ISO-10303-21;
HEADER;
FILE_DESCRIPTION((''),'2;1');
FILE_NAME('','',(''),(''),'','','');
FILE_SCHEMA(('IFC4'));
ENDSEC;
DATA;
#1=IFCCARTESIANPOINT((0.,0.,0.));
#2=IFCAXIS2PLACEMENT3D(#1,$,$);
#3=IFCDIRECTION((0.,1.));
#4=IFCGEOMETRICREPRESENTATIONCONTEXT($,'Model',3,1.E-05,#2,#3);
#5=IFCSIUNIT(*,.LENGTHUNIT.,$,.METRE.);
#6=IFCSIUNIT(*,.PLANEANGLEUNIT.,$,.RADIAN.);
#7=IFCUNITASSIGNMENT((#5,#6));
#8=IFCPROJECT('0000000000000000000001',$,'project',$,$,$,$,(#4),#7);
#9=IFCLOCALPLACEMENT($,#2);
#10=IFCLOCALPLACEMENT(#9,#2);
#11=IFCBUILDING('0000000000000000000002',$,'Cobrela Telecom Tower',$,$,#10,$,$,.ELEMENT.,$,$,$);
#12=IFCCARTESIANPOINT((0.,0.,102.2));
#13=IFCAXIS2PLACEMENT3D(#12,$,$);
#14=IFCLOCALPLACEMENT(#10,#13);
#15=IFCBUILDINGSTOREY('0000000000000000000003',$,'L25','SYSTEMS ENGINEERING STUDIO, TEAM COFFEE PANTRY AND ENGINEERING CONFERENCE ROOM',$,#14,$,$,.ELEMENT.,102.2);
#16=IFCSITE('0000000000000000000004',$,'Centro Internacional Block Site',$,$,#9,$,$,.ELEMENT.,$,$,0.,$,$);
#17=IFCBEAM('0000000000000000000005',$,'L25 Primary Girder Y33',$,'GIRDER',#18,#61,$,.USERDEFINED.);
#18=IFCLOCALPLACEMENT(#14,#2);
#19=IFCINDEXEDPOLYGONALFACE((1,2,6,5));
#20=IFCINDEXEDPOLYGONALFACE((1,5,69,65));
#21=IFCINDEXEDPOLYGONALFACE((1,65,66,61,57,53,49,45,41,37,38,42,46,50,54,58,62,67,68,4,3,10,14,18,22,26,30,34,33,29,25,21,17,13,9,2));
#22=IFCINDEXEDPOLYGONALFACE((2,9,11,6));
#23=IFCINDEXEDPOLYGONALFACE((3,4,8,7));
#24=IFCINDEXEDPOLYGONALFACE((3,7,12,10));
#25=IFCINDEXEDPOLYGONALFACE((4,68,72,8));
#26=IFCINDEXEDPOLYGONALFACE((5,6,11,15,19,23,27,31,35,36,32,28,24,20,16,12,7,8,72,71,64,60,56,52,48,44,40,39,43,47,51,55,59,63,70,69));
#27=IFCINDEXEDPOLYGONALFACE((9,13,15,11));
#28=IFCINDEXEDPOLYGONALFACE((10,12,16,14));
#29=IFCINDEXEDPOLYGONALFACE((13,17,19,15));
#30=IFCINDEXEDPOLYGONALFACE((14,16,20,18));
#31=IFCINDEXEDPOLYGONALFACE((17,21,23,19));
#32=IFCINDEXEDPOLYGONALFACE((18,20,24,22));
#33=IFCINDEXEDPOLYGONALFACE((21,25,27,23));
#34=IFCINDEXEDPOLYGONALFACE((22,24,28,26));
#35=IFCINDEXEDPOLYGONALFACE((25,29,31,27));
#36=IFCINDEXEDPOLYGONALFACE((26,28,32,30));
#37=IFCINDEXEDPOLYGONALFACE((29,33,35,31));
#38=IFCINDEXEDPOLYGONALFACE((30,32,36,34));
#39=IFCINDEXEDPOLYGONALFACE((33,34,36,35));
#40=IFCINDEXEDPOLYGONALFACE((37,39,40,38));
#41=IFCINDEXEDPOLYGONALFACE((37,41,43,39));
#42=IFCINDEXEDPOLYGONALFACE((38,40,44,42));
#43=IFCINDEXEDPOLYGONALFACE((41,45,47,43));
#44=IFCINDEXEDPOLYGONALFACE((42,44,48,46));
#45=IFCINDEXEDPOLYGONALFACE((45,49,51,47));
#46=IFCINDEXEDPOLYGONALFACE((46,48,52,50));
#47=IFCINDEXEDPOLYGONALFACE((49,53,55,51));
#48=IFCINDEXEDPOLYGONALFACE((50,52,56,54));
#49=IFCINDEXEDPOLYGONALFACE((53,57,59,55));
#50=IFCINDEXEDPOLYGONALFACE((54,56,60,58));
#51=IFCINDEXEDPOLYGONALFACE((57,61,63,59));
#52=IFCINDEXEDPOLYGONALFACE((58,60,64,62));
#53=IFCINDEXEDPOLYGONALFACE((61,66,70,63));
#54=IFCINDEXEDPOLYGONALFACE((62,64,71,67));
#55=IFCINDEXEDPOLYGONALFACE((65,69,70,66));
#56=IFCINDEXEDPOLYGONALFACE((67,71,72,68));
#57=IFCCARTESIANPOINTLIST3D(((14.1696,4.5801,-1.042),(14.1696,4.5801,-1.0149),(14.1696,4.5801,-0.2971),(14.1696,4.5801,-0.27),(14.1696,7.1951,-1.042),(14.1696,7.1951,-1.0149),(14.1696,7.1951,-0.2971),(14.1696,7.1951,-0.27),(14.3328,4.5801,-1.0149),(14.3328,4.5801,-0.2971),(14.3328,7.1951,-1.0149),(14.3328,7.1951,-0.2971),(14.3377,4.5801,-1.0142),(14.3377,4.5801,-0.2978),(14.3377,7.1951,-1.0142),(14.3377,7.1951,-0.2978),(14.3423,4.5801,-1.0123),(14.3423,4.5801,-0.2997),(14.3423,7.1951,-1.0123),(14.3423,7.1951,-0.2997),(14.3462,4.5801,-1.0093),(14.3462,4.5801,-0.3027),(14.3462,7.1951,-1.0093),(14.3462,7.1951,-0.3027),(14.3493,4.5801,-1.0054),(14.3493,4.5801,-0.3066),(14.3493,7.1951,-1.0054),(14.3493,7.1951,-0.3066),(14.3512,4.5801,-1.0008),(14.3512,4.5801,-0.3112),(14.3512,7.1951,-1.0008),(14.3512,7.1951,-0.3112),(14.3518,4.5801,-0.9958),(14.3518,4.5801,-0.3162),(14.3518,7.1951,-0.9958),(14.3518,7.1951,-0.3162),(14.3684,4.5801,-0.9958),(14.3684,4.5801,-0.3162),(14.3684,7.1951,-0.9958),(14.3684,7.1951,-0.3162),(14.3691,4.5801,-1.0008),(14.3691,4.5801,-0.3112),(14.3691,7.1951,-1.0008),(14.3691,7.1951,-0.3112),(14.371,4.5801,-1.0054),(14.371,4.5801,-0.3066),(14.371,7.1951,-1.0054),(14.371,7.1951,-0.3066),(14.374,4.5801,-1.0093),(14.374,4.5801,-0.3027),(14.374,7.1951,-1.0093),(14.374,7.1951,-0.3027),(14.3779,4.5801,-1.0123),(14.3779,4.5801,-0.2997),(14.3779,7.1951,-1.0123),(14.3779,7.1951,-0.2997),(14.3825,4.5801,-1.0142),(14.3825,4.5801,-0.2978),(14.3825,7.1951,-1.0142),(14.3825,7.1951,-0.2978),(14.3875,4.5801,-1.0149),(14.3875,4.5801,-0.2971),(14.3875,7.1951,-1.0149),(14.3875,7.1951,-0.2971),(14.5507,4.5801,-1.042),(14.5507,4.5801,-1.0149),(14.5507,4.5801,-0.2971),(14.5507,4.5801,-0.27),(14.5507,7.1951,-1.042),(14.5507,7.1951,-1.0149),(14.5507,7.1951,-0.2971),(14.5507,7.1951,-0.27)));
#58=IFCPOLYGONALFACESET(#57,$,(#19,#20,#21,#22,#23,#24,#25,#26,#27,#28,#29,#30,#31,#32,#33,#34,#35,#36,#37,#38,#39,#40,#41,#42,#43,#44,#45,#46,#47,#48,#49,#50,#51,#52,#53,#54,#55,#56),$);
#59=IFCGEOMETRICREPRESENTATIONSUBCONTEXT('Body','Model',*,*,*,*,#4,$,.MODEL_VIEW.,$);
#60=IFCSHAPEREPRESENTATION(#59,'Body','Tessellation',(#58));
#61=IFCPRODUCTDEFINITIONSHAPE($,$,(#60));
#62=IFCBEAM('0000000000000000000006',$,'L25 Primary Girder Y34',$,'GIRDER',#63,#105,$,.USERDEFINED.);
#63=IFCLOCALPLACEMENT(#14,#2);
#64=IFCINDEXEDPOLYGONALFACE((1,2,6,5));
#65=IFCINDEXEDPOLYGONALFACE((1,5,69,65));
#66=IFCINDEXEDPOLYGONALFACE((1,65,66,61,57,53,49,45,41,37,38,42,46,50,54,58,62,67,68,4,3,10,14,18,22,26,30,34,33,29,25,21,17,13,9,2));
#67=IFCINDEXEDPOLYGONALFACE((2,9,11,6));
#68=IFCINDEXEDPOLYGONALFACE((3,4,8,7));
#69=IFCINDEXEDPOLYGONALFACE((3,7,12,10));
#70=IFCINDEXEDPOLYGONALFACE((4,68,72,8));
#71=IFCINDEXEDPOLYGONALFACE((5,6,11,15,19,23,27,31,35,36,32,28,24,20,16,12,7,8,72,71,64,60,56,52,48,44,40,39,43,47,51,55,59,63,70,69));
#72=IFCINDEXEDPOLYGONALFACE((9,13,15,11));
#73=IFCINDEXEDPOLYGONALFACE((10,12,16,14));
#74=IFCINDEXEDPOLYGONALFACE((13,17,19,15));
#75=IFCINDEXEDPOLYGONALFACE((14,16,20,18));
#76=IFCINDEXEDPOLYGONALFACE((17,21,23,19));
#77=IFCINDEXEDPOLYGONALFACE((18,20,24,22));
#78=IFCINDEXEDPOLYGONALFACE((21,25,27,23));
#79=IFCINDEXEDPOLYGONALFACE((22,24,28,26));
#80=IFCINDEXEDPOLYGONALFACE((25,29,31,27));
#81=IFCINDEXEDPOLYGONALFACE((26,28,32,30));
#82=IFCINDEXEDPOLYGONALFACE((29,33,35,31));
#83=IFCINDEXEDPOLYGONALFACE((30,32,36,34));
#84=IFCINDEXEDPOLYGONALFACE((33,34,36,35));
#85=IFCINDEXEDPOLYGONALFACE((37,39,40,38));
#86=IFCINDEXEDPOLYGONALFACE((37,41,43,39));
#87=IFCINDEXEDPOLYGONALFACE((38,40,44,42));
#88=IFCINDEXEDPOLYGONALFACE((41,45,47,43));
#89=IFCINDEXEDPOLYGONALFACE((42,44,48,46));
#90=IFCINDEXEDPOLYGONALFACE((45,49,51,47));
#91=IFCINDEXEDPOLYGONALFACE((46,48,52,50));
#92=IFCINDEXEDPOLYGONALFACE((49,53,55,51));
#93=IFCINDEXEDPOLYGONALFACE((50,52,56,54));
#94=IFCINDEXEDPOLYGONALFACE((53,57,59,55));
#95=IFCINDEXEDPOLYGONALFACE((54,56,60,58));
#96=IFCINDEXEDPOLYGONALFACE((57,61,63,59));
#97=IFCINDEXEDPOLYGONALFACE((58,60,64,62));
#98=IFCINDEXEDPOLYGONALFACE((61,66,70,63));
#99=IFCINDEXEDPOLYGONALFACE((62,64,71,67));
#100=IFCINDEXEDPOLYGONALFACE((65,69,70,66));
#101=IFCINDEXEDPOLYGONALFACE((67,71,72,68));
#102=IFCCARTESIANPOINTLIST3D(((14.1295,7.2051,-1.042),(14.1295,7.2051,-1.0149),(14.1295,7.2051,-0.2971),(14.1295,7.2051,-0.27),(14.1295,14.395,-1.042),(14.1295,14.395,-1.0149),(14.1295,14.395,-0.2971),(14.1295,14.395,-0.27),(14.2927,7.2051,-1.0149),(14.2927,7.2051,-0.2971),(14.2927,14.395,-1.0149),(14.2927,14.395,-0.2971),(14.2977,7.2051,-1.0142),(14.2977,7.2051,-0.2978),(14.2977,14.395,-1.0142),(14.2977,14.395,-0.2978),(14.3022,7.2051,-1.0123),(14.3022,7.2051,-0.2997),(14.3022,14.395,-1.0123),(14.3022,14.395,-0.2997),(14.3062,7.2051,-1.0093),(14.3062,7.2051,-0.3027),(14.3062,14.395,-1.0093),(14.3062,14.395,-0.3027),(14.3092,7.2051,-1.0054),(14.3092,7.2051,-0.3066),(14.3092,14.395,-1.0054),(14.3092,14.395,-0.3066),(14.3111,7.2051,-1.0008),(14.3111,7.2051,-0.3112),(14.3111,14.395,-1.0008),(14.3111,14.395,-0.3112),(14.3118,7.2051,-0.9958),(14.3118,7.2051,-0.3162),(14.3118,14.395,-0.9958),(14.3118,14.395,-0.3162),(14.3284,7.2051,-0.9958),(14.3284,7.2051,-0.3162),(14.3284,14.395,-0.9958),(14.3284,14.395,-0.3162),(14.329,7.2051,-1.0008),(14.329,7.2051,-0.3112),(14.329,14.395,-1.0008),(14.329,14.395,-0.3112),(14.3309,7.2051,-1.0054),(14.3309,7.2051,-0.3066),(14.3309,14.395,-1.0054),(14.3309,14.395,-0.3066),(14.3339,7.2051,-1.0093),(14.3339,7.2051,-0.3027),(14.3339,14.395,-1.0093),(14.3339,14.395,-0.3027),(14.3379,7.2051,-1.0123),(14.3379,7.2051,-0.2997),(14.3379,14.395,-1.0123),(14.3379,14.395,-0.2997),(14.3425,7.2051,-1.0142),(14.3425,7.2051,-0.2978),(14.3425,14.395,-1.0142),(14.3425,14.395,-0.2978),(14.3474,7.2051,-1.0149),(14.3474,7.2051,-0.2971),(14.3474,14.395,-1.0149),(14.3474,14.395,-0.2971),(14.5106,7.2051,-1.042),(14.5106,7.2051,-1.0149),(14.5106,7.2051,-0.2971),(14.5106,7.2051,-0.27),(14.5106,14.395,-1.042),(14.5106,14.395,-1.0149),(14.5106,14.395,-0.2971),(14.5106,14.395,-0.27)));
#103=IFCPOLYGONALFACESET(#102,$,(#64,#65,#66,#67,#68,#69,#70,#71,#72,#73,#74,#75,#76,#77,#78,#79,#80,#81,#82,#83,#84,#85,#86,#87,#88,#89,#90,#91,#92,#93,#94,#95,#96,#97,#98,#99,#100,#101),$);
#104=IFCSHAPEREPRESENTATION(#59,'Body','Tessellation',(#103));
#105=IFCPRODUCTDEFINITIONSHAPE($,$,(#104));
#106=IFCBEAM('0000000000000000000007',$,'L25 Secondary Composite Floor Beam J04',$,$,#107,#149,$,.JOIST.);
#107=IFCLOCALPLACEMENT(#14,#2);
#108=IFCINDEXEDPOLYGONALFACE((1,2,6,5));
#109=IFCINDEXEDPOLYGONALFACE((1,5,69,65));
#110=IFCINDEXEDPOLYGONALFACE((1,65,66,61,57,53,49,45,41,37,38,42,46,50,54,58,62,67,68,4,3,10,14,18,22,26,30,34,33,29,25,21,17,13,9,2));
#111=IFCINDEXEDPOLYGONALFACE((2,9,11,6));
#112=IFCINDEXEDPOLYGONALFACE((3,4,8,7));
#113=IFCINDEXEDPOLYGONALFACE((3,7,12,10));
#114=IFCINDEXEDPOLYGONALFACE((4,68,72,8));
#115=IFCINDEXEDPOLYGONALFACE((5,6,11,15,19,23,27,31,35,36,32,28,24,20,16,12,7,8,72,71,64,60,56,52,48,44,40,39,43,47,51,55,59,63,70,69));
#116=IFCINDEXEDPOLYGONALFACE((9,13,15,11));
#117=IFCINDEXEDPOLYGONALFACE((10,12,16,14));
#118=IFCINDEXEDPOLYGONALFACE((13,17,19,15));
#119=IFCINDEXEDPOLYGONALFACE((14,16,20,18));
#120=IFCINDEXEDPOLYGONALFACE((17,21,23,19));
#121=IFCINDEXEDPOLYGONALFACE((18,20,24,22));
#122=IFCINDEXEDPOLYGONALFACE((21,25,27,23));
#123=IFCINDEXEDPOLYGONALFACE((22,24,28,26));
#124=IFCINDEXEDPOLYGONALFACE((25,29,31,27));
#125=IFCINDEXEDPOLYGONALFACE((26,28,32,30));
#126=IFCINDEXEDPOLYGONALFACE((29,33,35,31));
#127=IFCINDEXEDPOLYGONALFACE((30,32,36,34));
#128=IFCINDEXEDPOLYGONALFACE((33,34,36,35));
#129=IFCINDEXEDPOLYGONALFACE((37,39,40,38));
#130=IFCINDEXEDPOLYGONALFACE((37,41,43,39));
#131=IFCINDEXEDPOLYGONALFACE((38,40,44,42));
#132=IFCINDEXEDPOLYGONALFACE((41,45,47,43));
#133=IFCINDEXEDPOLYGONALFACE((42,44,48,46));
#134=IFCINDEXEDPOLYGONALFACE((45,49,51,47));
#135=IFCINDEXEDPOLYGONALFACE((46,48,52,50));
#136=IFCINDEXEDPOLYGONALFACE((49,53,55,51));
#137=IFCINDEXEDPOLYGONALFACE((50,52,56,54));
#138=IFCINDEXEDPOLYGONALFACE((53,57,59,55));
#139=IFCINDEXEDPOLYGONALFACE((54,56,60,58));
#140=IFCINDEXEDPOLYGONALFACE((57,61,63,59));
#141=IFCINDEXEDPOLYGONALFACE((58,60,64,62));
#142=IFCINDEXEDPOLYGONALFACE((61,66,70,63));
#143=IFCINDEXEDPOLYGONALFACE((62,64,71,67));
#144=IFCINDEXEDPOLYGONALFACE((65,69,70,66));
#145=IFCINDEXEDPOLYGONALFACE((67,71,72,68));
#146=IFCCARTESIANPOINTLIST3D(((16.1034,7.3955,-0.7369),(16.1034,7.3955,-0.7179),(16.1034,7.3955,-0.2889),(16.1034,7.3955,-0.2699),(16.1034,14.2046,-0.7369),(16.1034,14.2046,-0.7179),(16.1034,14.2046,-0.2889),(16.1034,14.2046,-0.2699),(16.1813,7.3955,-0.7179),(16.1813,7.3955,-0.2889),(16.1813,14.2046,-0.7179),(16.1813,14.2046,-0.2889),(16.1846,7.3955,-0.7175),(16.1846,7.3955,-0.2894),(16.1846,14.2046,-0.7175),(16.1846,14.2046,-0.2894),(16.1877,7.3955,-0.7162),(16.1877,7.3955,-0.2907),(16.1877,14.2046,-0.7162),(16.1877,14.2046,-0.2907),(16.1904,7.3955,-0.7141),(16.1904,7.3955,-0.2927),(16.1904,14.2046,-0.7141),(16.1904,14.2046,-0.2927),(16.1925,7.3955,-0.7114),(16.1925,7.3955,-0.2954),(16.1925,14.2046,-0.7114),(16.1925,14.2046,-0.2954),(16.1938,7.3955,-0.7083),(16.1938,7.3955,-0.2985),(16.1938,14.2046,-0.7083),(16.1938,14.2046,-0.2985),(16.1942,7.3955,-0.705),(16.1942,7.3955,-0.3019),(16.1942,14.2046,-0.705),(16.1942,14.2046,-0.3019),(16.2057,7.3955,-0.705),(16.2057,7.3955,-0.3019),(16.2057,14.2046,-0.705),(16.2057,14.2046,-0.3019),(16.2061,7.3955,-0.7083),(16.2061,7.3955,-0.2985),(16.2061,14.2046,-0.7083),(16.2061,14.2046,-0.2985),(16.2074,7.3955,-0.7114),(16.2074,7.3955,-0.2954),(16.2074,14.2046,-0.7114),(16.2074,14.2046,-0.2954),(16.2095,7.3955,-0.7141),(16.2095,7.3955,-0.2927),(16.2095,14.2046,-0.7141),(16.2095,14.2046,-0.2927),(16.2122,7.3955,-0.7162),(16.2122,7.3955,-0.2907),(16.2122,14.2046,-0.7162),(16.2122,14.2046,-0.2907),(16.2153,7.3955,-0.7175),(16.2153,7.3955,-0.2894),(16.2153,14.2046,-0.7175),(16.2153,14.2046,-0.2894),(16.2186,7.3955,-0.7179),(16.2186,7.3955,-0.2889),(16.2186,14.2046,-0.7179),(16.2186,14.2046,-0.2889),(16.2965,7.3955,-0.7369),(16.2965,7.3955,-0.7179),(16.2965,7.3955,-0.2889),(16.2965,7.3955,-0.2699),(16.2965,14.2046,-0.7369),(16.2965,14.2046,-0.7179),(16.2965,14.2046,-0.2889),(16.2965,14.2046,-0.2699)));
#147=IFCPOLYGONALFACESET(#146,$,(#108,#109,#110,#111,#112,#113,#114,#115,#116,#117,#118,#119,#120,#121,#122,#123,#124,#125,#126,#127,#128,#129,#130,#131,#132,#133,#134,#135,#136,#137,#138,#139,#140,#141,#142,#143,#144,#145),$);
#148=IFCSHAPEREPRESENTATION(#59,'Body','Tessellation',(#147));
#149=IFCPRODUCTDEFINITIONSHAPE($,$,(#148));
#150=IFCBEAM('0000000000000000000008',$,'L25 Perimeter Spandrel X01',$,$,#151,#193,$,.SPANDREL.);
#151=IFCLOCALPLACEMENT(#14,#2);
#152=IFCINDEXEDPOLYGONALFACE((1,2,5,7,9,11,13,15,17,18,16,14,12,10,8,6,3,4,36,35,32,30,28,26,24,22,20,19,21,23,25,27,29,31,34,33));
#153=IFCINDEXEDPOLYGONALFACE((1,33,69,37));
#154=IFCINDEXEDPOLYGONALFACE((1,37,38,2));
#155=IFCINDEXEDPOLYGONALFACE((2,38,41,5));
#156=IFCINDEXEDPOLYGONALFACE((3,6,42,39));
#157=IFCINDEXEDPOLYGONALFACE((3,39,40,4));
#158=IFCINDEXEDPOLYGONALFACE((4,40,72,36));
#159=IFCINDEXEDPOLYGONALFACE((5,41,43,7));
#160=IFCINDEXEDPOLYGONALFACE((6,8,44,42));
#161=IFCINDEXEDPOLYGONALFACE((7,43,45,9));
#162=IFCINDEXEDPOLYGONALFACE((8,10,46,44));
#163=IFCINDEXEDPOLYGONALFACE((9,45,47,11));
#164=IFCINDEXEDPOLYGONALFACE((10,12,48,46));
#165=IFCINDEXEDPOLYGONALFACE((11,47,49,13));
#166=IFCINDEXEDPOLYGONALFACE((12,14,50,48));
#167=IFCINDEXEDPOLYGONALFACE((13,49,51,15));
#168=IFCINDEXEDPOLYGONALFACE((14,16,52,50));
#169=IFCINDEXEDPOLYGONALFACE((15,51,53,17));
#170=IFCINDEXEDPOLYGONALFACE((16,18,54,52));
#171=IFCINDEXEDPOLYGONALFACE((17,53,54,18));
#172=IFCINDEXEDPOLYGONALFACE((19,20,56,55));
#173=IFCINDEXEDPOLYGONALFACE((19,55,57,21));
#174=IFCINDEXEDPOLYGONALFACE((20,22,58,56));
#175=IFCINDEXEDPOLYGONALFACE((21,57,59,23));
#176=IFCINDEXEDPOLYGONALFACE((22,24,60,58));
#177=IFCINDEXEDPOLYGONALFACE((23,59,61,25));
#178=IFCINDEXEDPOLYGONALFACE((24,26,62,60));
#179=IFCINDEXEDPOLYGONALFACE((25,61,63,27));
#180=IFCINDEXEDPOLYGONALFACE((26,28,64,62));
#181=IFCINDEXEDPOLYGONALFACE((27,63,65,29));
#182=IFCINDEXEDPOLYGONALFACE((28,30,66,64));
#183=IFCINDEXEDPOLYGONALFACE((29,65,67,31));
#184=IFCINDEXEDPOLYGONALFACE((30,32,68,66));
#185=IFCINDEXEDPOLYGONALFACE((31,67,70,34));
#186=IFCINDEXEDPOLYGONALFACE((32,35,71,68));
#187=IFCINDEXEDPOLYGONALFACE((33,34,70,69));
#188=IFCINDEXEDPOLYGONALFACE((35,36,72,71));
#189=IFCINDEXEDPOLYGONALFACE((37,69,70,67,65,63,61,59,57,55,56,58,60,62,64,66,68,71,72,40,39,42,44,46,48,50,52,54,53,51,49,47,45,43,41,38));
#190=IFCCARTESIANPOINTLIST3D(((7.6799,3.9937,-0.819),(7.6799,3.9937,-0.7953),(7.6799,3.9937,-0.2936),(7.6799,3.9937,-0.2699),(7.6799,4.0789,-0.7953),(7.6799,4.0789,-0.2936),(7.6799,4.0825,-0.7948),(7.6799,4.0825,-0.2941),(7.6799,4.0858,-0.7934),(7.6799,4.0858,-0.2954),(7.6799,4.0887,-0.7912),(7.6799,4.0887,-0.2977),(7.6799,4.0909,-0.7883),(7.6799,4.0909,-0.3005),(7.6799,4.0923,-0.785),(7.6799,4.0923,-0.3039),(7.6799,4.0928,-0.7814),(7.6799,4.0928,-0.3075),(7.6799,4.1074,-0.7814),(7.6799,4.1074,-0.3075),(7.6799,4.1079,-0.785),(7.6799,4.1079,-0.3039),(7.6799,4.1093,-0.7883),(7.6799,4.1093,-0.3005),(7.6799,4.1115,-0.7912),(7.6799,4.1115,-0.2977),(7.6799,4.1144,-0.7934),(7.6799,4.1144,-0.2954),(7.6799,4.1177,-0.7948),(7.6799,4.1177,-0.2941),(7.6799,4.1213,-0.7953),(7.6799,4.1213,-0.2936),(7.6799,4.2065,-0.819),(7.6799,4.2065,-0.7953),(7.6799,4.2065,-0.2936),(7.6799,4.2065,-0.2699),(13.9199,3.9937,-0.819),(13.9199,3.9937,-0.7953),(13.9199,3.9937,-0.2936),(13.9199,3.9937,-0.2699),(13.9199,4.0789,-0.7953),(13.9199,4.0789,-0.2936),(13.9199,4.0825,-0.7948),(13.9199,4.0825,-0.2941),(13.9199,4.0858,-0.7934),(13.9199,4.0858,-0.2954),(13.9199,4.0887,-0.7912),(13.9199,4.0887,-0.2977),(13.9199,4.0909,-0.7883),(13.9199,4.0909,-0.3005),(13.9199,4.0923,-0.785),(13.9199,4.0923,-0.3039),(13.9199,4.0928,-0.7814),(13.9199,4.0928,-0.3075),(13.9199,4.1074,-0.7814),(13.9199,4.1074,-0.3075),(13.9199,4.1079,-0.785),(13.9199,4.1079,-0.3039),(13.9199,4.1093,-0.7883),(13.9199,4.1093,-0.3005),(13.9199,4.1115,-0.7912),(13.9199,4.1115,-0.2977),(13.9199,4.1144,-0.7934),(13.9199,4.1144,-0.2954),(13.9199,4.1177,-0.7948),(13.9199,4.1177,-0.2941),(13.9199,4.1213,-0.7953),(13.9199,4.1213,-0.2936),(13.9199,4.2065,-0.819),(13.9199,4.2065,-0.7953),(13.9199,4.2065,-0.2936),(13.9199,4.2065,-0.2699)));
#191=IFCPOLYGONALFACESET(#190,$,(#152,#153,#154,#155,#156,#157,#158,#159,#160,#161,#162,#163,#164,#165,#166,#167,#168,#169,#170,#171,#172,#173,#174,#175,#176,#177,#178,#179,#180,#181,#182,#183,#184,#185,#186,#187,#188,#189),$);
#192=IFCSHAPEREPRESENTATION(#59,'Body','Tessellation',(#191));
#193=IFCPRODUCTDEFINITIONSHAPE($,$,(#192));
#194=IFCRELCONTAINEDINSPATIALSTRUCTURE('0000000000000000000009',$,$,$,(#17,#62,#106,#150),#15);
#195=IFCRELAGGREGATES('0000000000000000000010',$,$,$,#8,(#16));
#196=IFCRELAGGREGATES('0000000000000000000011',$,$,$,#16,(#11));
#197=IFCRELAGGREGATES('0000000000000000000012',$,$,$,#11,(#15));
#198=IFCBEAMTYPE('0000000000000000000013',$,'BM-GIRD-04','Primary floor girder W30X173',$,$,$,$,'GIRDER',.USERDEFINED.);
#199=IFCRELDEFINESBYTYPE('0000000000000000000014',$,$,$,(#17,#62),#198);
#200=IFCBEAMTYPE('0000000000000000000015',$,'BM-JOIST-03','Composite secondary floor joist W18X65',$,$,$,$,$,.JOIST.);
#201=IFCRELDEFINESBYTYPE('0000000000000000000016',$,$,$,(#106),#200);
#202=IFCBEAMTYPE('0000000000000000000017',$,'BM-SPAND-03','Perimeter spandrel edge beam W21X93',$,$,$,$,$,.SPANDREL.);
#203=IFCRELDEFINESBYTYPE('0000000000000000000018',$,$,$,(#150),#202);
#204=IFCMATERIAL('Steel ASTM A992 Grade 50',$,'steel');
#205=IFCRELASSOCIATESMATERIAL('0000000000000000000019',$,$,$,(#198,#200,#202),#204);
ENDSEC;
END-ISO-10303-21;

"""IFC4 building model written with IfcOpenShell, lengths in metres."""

from ifc_helpers import new_model, si_unit, direction, frame, origin, origin_2d, place, context, subcontext, project, spatial, i_section, extrude, material, material_profile, profile_set, type_object, element, save


model = new_model("IFC4")

# Units and contexts
model_context = context("Model", 3, precision=1e-05, world=origin(), true_north=direction((0.0, 1.0)))
body_context = subcontext(model_context, "Body", "Model", "MODEL_VIEW")
ifc_project = project(units=[si_unit("LENGTHUNIT", "METRE"), si_unit("PLANEANGLEUNIT", "RADIAN")], contexts=[model_context])

# Site, building, storey
site_placement = place(None, origin())
site = spatial("IfcSite", under=ifc_project, at=site_placement, Name="Centro Internacional Block Site", CompositionType="ELEMENT", RefElevation=0.0)
building_placement = place(site_placement, origin())
building = spatial("IfcBuilding", under=site, at=building_placement, Name="Cobrela Telecom Tower", CompositionType="ELEMENT")
storey_placement = place(building_placement, frame((0.0, 0.0, 102.2)))
storey = spatial("IfcBuildingStorey", under=building, at=storey_placement, Name="L25", Description="SYSTEMS ENGINEERING STUDIO, TEAM COFFEE PANTRY AND ENGINEERING CONFERENCE ROOM", CompositionType="ELEMENT", Elevation=102.2)

# Beams
ifc_material_1 = material(Name="Steel ASTM A992 Grade 50", Category="steel")
ifc_material_profile_1 = material_profile(ifc_material_1, i_section(OverallWidth=0.3811, OverallDepth=0.772, WebThickness=0.0166, FlangeThickness=0.0271, FilletRadius=0.019, at=origin_2d()), Name="W30X173")
ifc_profile_set_1 = profile_set([ifc_material_profile_1], Name="Steel ASTM A992 Grade 50")
beam_type_1 = type_object("IfcBeamType", Name="BM-GIRD-04", Description="Primary floor girder W30X173", ElementType="GIRDER", PredefinedType="USERDEFINED", material=ifc_profile_set_1)
beam_1_placement = place(storey_placement, frame((14.3601, 4.5801, -0.656), z_axis=(0.0, 1.0, 0.0), x_axis=(-1.0, 0.0, 0.0)))
element("IfcBeam", 1, at=beam_1_placement, inside=storey, type_object=beam_type_1, Name="L25 Primary Girder Y33", ObjectType="GIRDER", PredefinedType="USERDEFINED", context=body_context, shape_type="SweptSolid", body=[
    extrude(i_section(OverallWidth=0.3811, OverallDepth=0.772, WebThickness=0.0166, FlangeThickness=0.0271, FilletRadius=0.019, at=origin_2d()), origin(), (0.0, 0.0, 1.0), 2.615),
])
beam_2_placement = place(storey_placement, frame((14.3201, 7.2051, -0.656), z_axis=(0.0, 1.0, 0.0), x_axis=(-1.0, 0.0, 0.0)))
element("IfcBeam", 2, at=beam_2_placement, inside=storey, type_object=beam_type_1, Name="L25 Primary Girder Y34", ObjectType="GIRDER", PredefinedType="USERDEFINED", context=body_context, shape_type="SweptSolid", body=[
    extrude(i_section(OverallWidth=0.3811, OverallDepth=0.772, WebThickness=0.0166, FlangeThickness=0.0271, FilletRadius=0.019, at=origin_2d()), origin(), (0.0, 0.0, 1.0), 7.1899),
])
ifc_material_profile_2 = material_profile(ifc_material_1, i_section(OverallWidth=0.1931, OverallDepth=0.467, WebThickness=0.0115, FlangeThickness=0.019, FilletRadius=0.0129, at=origin_2d()), Name="W18X65")
ifc_profile_set_2 = profile_set([ifc_material_profile_2], Name="Steel ASTM A992 Grade 50")
beam_type_2 = type_object("IfcBeamType", Name="BM-JOIST-03", Description="Composite secondary floor joist W18X65", PredefinedType="JOIST", material=ifc_profile_set_2)
beam_3_placement = place(storey_placement, frame((16.2, 7.3955, -0.5034), z_axis=(0.0, 1.0, 0.0), x_axis=(-1.0, 0.0, 0.0)))
element("IfcBeam", 3, at=beam_3_placement, inside=storey, type_object=beam_type_2, Name="L25 Secondary Composite Floor Beam J04", PredefinedType="JOIST", context=body_context, shape_type="SweptSolid", body=[
    extrude(i_section(OverallWidth=0.1931, OverallDepth=0.467, WebThickness=0.0115, FlangeThickness=0.019, FilletRadius=0.0129, at=origin_2d()), origin(), (0.0, 0.0, 1.0), 6.8091),
])
ifc_material_profile_3 = material_profile(ifc_material_1, i_section(OverallWidth=0.2129, OverallDepth=0.5491, WebThickness=0.0146, FlangeThickness=0.0237, FilletRadius=0.0139, at=origin_2d()), Name="W21X93")
ifc_profile_set_3 = profile_set([ifc_material_profile_3], Name="Steel ASTM A992 Grade 50")
beam_type_3 = type_object("IfcBeamType", Name="BM-SPAND-03", Description="Perimeter spandrel edge beam W21X93", PredefinedType="SPANDREL", material=ifc_profile_set_3)
beam_4_placement = place(storey_placement, frame((7.6799, 4.1001, -0.5444), z_axis=(1.0, 0.0, 0.0), x_axis=(0.0, 1.0, 0.0)))
element("IfcBeam", 4, at=beam_4_placement, inside=storey, type_object=beam_type_3, Name="L25 Perimeter Spandrel X01", PredefinedType="SPANDREL", context=body_context, shape_type="SweptSolid", body=[
    extrude(i_section(OverallWidth=0.2129, OverallDepth=0.5491, WebThickness=0.0146, FlangeThickness=0.0237, FilletRadius=0.0139, at=origin_2d()), origin(), (0.0, 0.0, 1.0), 6.24),
])

save(model, "model.ifc")
